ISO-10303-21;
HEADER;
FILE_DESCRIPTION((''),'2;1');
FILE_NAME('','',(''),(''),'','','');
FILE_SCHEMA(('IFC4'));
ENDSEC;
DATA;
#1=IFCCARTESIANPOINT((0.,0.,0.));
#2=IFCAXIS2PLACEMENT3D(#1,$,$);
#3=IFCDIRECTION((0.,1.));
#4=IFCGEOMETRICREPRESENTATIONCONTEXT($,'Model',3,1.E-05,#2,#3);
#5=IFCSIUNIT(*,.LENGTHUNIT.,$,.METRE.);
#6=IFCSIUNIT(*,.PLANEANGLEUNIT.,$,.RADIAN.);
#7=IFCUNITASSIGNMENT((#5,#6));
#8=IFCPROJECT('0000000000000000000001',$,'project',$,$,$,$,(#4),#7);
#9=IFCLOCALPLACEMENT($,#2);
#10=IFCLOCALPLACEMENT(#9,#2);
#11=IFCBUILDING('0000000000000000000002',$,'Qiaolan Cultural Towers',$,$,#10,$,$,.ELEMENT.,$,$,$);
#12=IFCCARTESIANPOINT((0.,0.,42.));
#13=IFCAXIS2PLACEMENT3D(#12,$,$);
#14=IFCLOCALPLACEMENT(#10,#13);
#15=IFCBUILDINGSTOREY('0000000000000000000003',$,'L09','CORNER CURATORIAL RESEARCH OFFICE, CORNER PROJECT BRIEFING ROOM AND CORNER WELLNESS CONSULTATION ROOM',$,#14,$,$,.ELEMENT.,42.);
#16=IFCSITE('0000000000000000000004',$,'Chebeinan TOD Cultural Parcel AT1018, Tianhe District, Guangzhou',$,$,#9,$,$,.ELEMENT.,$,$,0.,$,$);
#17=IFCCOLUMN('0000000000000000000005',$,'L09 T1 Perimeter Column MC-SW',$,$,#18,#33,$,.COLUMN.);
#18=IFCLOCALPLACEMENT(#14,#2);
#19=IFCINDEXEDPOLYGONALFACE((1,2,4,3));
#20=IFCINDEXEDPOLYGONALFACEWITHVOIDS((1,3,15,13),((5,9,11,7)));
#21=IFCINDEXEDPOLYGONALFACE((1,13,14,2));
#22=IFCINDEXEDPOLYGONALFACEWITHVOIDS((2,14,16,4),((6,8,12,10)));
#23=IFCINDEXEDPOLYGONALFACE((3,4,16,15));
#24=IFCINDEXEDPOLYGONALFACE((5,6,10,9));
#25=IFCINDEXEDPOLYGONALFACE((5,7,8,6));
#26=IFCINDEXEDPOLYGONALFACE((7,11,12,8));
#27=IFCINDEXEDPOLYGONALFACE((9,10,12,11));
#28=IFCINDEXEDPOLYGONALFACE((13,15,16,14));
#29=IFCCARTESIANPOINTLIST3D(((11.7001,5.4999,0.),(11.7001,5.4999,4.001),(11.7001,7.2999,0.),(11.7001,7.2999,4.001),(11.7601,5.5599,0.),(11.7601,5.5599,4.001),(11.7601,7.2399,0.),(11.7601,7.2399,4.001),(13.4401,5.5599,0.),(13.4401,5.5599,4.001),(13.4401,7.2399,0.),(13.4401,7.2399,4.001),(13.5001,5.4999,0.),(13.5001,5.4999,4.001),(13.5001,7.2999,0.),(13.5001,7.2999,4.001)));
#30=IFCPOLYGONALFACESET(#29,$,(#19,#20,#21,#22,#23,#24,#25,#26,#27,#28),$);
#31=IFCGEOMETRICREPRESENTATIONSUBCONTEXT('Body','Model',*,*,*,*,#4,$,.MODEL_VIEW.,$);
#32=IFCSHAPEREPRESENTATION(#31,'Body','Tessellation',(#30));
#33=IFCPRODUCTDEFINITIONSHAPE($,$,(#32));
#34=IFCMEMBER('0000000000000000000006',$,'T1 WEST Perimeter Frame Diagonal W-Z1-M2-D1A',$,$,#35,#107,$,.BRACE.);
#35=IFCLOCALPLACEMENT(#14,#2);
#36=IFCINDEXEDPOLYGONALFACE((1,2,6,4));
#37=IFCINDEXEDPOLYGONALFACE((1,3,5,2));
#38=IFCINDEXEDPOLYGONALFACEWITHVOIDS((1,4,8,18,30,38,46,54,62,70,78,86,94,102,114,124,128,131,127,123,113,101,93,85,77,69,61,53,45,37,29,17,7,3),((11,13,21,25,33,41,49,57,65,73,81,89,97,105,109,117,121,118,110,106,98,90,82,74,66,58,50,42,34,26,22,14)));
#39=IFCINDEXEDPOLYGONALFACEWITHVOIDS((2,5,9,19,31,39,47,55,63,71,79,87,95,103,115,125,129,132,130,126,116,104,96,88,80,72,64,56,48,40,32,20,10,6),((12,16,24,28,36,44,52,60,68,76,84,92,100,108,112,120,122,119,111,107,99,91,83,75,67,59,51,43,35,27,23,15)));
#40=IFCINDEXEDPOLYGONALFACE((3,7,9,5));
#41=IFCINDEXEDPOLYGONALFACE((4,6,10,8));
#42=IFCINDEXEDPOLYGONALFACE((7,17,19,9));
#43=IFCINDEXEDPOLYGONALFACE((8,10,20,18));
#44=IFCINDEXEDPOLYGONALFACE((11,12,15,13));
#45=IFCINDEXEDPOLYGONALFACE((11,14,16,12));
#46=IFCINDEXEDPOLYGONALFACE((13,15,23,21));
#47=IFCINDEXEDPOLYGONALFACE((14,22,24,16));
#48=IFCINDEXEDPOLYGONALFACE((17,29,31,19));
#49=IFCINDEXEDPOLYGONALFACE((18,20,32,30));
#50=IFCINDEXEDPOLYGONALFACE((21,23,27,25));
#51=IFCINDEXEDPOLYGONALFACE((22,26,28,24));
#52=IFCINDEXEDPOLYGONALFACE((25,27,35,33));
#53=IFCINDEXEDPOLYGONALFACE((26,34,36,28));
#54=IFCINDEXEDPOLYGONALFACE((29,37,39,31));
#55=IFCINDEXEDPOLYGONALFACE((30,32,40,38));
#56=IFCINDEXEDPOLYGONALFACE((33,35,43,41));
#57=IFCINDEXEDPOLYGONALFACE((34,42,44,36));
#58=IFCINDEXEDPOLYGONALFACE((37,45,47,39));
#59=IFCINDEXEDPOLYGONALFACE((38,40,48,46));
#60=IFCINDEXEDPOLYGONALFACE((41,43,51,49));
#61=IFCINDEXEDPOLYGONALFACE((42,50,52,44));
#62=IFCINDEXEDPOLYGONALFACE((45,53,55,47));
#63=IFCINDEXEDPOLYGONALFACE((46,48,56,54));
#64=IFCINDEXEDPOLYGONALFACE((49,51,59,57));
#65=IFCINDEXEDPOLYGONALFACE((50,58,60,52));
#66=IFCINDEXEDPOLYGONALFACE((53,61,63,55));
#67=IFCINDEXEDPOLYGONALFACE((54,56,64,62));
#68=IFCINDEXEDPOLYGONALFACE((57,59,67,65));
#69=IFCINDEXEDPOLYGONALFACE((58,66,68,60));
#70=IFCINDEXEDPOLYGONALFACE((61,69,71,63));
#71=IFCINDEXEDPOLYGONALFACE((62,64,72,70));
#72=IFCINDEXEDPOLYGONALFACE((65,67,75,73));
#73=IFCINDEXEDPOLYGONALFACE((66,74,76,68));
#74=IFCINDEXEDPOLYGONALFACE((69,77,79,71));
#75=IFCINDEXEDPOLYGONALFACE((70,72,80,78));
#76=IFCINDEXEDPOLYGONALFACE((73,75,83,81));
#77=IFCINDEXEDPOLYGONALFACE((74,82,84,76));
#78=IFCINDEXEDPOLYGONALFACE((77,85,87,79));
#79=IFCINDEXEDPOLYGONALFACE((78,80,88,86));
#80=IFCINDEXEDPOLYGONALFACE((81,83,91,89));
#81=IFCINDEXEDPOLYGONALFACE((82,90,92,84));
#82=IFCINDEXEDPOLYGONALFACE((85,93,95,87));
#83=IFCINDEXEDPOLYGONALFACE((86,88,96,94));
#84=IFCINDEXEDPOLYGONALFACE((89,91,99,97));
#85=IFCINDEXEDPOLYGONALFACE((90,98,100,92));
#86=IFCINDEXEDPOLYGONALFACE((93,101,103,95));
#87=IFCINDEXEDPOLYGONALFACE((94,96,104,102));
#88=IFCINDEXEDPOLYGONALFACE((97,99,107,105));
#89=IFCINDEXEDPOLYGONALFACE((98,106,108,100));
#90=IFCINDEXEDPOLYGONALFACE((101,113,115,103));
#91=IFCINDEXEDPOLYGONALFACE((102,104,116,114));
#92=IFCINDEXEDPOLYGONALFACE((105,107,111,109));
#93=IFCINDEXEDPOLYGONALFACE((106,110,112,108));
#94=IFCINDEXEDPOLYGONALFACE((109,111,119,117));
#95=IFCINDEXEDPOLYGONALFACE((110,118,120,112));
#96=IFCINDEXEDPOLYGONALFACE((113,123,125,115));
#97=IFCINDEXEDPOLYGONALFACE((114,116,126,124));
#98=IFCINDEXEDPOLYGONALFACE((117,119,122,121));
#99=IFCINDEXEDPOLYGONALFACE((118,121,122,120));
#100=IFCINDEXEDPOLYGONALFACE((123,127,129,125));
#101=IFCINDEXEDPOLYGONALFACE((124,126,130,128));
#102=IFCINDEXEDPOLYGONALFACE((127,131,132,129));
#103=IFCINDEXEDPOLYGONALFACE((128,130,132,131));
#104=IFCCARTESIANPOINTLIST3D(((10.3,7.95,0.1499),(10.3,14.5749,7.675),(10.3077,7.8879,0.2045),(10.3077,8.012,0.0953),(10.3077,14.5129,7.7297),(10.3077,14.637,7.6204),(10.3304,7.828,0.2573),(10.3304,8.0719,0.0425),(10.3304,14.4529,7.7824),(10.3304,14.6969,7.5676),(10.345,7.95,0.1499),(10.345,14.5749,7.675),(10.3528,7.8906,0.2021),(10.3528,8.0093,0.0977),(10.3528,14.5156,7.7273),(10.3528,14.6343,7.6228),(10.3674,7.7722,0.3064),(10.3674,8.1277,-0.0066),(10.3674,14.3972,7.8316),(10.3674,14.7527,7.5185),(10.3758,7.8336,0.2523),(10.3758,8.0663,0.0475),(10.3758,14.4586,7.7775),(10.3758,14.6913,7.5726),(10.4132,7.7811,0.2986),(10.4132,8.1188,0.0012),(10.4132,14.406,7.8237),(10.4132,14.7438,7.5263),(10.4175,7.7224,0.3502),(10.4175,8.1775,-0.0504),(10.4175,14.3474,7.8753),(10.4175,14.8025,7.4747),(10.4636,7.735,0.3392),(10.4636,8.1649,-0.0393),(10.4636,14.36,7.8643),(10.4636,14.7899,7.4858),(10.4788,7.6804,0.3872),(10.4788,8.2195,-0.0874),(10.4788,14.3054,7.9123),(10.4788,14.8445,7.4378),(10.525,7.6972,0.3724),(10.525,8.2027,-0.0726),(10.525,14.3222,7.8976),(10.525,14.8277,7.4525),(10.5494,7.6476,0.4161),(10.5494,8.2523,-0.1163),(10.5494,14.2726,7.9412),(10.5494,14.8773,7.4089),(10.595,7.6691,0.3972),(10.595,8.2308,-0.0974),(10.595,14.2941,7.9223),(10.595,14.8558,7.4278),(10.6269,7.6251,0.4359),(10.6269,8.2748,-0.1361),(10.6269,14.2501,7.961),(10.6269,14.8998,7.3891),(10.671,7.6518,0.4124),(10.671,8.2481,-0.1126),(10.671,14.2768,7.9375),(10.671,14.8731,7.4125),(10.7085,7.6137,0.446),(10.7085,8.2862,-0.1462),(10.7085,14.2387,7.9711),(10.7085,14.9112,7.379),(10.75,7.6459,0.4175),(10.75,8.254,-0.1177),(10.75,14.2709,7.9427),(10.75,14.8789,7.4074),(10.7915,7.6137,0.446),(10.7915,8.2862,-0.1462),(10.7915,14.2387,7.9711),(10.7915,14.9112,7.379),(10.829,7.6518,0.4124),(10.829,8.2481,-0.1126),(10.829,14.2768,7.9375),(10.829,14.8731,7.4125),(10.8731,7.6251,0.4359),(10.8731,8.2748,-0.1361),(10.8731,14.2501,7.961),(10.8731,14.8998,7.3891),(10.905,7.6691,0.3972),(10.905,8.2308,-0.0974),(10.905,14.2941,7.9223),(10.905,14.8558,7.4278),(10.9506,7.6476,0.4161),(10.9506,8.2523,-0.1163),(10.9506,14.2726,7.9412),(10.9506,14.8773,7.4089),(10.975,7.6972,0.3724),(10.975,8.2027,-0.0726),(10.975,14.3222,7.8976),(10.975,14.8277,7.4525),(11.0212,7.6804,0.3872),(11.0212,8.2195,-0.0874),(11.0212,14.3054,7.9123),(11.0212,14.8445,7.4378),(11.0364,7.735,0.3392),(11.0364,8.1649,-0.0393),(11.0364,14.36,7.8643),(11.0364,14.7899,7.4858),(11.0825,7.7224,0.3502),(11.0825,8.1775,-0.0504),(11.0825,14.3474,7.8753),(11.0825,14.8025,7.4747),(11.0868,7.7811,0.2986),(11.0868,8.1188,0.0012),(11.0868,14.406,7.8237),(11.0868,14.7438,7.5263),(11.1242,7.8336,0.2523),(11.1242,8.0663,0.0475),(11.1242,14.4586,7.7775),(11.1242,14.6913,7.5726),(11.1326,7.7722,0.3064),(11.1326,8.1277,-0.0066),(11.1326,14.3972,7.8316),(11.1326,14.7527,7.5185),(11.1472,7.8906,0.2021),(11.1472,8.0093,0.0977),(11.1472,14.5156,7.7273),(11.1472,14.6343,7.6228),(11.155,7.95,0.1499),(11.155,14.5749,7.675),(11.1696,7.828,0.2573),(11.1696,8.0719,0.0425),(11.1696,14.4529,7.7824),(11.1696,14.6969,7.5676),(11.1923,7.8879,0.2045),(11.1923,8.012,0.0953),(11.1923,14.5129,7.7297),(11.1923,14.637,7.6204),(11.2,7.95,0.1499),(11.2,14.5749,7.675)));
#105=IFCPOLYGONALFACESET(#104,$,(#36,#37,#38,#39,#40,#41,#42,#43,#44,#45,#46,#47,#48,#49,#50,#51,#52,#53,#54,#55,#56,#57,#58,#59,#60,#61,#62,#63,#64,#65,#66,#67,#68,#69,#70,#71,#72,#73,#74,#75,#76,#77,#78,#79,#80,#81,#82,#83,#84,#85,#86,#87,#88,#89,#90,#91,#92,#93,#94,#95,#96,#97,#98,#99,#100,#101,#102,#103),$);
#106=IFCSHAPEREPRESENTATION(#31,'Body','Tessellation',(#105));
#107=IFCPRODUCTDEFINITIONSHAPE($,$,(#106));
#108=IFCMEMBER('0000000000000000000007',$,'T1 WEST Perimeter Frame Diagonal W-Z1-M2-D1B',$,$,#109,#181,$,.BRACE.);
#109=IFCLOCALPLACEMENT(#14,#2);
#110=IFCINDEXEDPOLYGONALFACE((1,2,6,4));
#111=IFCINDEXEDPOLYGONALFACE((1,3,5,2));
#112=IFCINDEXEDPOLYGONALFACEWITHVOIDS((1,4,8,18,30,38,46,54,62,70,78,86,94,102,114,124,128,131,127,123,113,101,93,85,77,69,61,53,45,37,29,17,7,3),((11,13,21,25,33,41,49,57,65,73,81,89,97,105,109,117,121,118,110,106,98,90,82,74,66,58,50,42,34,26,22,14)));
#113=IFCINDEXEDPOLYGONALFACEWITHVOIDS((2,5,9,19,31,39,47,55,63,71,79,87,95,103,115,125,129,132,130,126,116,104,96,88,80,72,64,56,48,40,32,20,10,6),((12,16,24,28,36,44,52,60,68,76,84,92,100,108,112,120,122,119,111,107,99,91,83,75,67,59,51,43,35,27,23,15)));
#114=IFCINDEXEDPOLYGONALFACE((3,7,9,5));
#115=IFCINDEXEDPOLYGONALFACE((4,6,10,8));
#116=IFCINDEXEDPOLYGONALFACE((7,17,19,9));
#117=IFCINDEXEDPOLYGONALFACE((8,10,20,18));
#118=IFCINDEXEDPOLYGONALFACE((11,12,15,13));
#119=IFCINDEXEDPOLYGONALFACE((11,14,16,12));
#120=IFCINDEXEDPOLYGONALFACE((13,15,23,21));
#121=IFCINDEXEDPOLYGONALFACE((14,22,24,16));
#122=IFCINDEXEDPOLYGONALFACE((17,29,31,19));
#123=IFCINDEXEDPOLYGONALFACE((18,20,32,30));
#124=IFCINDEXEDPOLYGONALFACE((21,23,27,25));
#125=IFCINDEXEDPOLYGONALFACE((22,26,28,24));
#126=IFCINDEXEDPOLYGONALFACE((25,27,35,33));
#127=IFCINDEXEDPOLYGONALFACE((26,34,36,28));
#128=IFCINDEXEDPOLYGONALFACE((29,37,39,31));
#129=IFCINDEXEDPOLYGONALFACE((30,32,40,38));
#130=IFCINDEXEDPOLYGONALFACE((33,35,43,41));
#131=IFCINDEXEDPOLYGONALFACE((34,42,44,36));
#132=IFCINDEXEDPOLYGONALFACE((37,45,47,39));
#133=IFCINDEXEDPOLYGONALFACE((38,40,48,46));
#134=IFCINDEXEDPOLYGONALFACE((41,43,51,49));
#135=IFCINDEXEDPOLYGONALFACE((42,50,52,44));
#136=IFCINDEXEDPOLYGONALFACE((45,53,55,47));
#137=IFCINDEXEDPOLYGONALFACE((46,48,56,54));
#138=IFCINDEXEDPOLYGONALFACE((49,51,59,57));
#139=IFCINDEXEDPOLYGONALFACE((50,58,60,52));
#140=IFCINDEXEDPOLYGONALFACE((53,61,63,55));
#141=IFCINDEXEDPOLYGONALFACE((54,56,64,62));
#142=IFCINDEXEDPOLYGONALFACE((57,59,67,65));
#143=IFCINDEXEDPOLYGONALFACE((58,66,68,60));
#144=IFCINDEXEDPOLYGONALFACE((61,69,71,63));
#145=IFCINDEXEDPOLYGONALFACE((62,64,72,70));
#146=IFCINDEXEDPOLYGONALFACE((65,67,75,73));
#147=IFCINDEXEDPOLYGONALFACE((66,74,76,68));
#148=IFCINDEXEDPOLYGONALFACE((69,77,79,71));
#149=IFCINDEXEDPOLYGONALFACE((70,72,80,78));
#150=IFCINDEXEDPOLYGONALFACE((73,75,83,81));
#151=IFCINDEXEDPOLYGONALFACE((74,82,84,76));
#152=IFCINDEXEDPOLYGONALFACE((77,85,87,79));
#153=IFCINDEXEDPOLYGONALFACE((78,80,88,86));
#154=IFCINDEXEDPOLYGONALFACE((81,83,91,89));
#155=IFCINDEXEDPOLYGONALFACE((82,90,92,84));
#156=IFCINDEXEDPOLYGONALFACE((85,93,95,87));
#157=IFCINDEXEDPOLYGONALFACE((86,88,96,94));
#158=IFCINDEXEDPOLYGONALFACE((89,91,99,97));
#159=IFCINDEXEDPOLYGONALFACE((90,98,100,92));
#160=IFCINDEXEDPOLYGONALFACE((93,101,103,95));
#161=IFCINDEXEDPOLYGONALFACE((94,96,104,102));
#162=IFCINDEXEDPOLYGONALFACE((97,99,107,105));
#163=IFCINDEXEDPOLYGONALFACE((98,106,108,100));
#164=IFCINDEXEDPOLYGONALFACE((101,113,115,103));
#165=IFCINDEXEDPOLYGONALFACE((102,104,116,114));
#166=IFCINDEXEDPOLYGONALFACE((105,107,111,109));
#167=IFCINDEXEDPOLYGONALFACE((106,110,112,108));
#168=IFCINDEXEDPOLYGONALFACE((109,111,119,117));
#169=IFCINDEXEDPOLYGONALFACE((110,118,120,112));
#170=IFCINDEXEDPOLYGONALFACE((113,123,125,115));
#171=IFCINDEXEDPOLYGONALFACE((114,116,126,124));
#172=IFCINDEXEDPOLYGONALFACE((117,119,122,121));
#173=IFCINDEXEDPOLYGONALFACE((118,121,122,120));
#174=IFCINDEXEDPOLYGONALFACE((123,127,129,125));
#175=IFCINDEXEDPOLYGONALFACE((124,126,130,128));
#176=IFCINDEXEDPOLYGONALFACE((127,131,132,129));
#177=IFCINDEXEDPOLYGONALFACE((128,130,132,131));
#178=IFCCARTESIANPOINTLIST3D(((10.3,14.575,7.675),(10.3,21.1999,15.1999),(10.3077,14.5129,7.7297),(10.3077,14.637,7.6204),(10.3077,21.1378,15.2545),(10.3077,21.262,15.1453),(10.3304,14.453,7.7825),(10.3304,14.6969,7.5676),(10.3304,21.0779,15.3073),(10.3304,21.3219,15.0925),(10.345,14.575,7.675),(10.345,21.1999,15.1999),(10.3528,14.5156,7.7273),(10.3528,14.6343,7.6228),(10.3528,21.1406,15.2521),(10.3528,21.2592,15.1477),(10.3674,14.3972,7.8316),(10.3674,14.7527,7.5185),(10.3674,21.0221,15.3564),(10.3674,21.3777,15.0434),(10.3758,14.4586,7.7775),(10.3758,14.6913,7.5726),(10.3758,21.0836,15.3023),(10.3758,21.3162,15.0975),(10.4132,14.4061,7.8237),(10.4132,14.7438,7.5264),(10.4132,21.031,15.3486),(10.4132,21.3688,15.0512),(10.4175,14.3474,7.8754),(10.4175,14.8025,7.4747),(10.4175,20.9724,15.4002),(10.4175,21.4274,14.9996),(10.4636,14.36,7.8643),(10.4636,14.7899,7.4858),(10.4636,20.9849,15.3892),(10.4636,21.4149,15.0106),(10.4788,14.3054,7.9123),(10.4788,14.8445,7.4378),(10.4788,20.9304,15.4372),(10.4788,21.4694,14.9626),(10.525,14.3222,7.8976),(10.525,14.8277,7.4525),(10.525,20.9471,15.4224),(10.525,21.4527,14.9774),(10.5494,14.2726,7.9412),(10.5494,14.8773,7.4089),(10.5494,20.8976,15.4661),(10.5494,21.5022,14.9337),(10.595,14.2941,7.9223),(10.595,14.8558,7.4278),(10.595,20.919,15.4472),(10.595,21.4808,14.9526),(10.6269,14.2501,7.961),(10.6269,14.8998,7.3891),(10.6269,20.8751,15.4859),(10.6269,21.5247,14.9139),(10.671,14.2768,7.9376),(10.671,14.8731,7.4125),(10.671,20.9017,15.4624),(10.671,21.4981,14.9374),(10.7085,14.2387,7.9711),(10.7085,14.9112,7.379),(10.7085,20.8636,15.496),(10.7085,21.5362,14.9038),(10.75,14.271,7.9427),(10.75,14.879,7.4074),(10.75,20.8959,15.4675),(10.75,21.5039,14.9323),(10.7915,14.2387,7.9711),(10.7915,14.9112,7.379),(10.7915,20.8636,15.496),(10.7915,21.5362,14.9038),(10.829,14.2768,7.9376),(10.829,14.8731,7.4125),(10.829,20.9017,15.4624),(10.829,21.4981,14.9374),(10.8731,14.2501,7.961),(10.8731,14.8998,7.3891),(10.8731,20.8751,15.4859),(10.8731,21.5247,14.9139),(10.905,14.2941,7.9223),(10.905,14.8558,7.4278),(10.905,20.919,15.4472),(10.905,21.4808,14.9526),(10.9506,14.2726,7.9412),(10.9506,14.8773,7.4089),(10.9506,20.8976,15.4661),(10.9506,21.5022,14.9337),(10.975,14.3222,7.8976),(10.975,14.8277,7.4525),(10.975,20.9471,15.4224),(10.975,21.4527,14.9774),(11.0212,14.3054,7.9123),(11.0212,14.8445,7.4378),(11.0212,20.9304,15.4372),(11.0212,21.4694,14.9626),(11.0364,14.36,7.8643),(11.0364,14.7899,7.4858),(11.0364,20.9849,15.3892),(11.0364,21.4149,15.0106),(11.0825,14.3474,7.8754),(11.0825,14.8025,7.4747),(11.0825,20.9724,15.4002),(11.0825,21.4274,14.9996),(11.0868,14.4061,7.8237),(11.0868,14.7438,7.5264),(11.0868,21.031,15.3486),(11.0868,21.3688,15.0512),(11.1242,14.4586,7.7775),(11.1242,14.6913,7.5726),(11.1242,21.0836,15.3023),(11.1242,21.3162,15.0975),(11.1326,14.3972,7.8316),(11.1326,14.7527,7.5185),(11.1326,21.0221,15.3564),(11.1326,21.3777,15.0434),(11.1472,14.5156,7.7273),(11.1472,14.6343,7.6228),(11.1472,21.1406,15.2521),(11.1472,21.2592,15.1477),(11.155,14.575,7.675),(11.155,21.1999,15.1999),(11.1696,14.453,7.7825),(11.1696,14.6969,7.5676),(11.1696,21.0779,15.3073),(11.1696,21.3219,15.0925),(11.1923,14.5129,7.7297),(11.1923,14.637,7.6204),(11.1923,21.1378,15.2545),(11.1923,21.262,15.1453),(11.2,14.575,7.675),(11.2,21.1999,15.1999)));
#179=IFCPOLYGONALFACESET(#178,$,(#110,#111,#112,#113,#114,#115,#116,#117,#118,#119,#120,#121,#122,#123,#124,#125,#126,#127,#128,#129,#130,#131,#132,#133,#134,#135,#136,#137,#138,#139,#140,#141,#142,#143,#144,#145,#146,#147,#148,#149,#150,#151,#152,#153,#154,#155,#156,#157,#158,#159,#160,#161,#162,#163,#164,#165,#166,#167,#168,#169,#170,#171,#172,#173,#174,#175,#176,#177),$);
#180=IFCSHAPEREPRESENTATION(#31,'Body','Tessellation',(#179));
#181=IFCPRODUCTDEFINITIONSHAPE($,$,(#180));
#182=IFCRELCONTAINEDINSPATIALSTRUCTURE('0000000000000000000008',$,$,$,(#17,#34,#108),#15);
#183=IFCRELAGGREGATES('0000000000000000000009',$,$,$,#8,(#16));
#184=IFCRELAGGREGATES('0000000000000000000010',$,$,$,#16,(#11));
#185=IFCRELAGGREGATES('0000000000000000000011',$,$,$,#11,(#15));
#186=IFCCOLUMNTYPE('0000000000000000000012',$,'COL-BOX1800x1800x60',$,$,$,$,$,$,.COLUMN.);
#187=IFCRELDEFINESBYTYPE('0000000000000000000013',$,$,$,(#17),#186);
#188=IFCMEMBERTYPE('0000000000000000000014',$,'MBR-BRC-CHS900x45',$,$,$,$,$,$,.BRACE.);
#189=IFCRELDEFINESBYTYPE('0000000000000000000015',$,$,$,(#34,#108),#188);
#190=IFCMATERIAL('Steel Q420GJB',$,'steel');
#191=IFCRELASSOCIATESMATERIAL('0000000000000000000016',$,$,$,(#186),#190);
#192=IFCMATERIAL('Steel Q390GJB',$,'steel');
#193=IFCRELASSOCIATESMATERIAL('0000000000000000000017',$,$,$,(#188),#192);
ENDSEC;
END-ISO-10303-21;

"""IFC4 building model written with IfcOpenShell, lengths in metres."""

from ifc_helpers import new_model, si_unit, direction, frame, origin, origin_2d, place, context, subcontext, project, spatial, hollow_rectangle, hollow_circle, extrude, material, material_profile, profile_set, type_object, element, save


model = new_model("IFC4")

# Units and contexts
model_context = context("Model", 3, precision=1e-05, world=origin(), true_north=direction((0.0, 1.0)))
body_context = subcontext(model_context, "Body", "Model", "MODEL_VIEW")
ifc_project = project(units=[si_unit("LENGTHUNIT", "METRE"), si_unit("PLANEANGLEUNIT", "RADIAN")], contexts=[model_context])

# Site, building, storey
site_placement = place(None, origin())
site = spatial("IfcSite", under=ifc_project, at=site_placement, Name="Chebeinan TOD Cultural Parcel AT1018, Tianhe District, Guangzhou", CompositionType="ELEMENT", RefElevation=0.0)
building_placement = place(site_placement, origin())
building = spatial("IfcBuilding", under=site, at=building_placement, Name="Qiaolan Cultural Towers", CompositionType="ELEMENT")
storey_placement = place(building_placement, frame((0.0, 0.0, 42.0)))
storey = spatial("IfcBuildingStorey", under=building, at=storey_placement, Name="L09", Description="CORNER CURATORIAL RESEARCH OFFICE, CORNER PROJECT BRIEFING ROOM AND CORNER WELLNESS CONSULTATION ROOM", CompositionType="ELEMENT", Elevation=42.0)

# Column
ifc_material_1 = material(Name="Steel Q420GJB", Category="steel")
ifc_material_profile_1 = material_profile(ifc_material_1, hollow_rectangle(XDim=1.8, YDim=1.8, WallThickness=0.0601, at=origin_2d()), Name="BOX1800x1800x60")
ifc_profile_set_1 = profile_set([ifc_material_profile_1], Name="Steel Q420GJB")
column_type = type_object("IfcColumnType", Name="COL-BOX1800x1800x60", PredefinedType="COLUMN", material=ifc_profile_set_1)
column_placement = place(storey_placement, frame((12.6001, 6.3999, 0.0), z_axis=(0.0, 0.0, 1.0), x_axis=(1.0, 0.0, 0.0)))
element("IfcColumn", 1, at=column_placement, inside=storey, type_object=column_type, Name="L09 T1 Perimeter Column MC-SW", PredefinedType="COLUMN", context=body_context, shape_type="SweptSolid", body=[
    extrude(hollow_rectangle(XDim=1.8, YDim=1.8, WallThickness=0.0601, at=origin_2d()), origin(), (0.0, 0.0, 1.0), 4.001),
])

# Members
ifc_material_2 = material(Name="Steel Q390GJB", Category="steel")
ifc_material_profile_2 = material_profile(ifc_material_2, hollow_circle(Radius=0.45, WallThickness=0.0449, at=origin_2d()), Name="CHS900x45")
ifc_profile_set_2 = profile_set([ifc_material_profile_2], Name="Steel Q390GJB")
member_type = type_object("IfcMemberType", Name="MBR-BRC-CHS900x45", PredefinedType="BRACE", material=ifc_profile_set_2)
member_1_placement = place(storey_placement, frame((10.75, 7.95, 0.1499), z_axis=(0.0, 0.660789, 0.750571), x_axis=(-1.0, 0.0, 0.0)))
element("IfcMember", 2, at=member_1_placement, inside=storey, type_object=member_type, Name="T1 WEST Perimeter Frame Diagonal W-Z1-M2-D1A", PredefinedType="BRACE", context=body_context, shape_type="SweptSolid", body=[
    extrude(hollow_circle(Radius=0.45, WallThickness=0.0449, at=origin_2d()), origin(), (0.0, 0.0, 1.0), 10.0259),
])
member_2_placement = place(storey_placement, frame((10.75, 14.575, 7.675), z_axis=(0.0, 0.660801, 0.750561), x_axis=(-1.0, 0.0, 0.0)))
element("IfcMember", 3, at=member_2_placement, inside=storey, type_object=member_type, Name="T1 WEST Perimeter Frame Diagonal W-Z1-M2-D1B", PredefinedType="BRACE", context=body_context, shape_type="SweptSolid", body=[
    extrude(hollow_circle(Radius=0.45, WallThickness=0.0449, at=origin_2d()), origin(), (0.0, 0.0, 1.0), 10.0256),
])

save(model, "model.ifc")
